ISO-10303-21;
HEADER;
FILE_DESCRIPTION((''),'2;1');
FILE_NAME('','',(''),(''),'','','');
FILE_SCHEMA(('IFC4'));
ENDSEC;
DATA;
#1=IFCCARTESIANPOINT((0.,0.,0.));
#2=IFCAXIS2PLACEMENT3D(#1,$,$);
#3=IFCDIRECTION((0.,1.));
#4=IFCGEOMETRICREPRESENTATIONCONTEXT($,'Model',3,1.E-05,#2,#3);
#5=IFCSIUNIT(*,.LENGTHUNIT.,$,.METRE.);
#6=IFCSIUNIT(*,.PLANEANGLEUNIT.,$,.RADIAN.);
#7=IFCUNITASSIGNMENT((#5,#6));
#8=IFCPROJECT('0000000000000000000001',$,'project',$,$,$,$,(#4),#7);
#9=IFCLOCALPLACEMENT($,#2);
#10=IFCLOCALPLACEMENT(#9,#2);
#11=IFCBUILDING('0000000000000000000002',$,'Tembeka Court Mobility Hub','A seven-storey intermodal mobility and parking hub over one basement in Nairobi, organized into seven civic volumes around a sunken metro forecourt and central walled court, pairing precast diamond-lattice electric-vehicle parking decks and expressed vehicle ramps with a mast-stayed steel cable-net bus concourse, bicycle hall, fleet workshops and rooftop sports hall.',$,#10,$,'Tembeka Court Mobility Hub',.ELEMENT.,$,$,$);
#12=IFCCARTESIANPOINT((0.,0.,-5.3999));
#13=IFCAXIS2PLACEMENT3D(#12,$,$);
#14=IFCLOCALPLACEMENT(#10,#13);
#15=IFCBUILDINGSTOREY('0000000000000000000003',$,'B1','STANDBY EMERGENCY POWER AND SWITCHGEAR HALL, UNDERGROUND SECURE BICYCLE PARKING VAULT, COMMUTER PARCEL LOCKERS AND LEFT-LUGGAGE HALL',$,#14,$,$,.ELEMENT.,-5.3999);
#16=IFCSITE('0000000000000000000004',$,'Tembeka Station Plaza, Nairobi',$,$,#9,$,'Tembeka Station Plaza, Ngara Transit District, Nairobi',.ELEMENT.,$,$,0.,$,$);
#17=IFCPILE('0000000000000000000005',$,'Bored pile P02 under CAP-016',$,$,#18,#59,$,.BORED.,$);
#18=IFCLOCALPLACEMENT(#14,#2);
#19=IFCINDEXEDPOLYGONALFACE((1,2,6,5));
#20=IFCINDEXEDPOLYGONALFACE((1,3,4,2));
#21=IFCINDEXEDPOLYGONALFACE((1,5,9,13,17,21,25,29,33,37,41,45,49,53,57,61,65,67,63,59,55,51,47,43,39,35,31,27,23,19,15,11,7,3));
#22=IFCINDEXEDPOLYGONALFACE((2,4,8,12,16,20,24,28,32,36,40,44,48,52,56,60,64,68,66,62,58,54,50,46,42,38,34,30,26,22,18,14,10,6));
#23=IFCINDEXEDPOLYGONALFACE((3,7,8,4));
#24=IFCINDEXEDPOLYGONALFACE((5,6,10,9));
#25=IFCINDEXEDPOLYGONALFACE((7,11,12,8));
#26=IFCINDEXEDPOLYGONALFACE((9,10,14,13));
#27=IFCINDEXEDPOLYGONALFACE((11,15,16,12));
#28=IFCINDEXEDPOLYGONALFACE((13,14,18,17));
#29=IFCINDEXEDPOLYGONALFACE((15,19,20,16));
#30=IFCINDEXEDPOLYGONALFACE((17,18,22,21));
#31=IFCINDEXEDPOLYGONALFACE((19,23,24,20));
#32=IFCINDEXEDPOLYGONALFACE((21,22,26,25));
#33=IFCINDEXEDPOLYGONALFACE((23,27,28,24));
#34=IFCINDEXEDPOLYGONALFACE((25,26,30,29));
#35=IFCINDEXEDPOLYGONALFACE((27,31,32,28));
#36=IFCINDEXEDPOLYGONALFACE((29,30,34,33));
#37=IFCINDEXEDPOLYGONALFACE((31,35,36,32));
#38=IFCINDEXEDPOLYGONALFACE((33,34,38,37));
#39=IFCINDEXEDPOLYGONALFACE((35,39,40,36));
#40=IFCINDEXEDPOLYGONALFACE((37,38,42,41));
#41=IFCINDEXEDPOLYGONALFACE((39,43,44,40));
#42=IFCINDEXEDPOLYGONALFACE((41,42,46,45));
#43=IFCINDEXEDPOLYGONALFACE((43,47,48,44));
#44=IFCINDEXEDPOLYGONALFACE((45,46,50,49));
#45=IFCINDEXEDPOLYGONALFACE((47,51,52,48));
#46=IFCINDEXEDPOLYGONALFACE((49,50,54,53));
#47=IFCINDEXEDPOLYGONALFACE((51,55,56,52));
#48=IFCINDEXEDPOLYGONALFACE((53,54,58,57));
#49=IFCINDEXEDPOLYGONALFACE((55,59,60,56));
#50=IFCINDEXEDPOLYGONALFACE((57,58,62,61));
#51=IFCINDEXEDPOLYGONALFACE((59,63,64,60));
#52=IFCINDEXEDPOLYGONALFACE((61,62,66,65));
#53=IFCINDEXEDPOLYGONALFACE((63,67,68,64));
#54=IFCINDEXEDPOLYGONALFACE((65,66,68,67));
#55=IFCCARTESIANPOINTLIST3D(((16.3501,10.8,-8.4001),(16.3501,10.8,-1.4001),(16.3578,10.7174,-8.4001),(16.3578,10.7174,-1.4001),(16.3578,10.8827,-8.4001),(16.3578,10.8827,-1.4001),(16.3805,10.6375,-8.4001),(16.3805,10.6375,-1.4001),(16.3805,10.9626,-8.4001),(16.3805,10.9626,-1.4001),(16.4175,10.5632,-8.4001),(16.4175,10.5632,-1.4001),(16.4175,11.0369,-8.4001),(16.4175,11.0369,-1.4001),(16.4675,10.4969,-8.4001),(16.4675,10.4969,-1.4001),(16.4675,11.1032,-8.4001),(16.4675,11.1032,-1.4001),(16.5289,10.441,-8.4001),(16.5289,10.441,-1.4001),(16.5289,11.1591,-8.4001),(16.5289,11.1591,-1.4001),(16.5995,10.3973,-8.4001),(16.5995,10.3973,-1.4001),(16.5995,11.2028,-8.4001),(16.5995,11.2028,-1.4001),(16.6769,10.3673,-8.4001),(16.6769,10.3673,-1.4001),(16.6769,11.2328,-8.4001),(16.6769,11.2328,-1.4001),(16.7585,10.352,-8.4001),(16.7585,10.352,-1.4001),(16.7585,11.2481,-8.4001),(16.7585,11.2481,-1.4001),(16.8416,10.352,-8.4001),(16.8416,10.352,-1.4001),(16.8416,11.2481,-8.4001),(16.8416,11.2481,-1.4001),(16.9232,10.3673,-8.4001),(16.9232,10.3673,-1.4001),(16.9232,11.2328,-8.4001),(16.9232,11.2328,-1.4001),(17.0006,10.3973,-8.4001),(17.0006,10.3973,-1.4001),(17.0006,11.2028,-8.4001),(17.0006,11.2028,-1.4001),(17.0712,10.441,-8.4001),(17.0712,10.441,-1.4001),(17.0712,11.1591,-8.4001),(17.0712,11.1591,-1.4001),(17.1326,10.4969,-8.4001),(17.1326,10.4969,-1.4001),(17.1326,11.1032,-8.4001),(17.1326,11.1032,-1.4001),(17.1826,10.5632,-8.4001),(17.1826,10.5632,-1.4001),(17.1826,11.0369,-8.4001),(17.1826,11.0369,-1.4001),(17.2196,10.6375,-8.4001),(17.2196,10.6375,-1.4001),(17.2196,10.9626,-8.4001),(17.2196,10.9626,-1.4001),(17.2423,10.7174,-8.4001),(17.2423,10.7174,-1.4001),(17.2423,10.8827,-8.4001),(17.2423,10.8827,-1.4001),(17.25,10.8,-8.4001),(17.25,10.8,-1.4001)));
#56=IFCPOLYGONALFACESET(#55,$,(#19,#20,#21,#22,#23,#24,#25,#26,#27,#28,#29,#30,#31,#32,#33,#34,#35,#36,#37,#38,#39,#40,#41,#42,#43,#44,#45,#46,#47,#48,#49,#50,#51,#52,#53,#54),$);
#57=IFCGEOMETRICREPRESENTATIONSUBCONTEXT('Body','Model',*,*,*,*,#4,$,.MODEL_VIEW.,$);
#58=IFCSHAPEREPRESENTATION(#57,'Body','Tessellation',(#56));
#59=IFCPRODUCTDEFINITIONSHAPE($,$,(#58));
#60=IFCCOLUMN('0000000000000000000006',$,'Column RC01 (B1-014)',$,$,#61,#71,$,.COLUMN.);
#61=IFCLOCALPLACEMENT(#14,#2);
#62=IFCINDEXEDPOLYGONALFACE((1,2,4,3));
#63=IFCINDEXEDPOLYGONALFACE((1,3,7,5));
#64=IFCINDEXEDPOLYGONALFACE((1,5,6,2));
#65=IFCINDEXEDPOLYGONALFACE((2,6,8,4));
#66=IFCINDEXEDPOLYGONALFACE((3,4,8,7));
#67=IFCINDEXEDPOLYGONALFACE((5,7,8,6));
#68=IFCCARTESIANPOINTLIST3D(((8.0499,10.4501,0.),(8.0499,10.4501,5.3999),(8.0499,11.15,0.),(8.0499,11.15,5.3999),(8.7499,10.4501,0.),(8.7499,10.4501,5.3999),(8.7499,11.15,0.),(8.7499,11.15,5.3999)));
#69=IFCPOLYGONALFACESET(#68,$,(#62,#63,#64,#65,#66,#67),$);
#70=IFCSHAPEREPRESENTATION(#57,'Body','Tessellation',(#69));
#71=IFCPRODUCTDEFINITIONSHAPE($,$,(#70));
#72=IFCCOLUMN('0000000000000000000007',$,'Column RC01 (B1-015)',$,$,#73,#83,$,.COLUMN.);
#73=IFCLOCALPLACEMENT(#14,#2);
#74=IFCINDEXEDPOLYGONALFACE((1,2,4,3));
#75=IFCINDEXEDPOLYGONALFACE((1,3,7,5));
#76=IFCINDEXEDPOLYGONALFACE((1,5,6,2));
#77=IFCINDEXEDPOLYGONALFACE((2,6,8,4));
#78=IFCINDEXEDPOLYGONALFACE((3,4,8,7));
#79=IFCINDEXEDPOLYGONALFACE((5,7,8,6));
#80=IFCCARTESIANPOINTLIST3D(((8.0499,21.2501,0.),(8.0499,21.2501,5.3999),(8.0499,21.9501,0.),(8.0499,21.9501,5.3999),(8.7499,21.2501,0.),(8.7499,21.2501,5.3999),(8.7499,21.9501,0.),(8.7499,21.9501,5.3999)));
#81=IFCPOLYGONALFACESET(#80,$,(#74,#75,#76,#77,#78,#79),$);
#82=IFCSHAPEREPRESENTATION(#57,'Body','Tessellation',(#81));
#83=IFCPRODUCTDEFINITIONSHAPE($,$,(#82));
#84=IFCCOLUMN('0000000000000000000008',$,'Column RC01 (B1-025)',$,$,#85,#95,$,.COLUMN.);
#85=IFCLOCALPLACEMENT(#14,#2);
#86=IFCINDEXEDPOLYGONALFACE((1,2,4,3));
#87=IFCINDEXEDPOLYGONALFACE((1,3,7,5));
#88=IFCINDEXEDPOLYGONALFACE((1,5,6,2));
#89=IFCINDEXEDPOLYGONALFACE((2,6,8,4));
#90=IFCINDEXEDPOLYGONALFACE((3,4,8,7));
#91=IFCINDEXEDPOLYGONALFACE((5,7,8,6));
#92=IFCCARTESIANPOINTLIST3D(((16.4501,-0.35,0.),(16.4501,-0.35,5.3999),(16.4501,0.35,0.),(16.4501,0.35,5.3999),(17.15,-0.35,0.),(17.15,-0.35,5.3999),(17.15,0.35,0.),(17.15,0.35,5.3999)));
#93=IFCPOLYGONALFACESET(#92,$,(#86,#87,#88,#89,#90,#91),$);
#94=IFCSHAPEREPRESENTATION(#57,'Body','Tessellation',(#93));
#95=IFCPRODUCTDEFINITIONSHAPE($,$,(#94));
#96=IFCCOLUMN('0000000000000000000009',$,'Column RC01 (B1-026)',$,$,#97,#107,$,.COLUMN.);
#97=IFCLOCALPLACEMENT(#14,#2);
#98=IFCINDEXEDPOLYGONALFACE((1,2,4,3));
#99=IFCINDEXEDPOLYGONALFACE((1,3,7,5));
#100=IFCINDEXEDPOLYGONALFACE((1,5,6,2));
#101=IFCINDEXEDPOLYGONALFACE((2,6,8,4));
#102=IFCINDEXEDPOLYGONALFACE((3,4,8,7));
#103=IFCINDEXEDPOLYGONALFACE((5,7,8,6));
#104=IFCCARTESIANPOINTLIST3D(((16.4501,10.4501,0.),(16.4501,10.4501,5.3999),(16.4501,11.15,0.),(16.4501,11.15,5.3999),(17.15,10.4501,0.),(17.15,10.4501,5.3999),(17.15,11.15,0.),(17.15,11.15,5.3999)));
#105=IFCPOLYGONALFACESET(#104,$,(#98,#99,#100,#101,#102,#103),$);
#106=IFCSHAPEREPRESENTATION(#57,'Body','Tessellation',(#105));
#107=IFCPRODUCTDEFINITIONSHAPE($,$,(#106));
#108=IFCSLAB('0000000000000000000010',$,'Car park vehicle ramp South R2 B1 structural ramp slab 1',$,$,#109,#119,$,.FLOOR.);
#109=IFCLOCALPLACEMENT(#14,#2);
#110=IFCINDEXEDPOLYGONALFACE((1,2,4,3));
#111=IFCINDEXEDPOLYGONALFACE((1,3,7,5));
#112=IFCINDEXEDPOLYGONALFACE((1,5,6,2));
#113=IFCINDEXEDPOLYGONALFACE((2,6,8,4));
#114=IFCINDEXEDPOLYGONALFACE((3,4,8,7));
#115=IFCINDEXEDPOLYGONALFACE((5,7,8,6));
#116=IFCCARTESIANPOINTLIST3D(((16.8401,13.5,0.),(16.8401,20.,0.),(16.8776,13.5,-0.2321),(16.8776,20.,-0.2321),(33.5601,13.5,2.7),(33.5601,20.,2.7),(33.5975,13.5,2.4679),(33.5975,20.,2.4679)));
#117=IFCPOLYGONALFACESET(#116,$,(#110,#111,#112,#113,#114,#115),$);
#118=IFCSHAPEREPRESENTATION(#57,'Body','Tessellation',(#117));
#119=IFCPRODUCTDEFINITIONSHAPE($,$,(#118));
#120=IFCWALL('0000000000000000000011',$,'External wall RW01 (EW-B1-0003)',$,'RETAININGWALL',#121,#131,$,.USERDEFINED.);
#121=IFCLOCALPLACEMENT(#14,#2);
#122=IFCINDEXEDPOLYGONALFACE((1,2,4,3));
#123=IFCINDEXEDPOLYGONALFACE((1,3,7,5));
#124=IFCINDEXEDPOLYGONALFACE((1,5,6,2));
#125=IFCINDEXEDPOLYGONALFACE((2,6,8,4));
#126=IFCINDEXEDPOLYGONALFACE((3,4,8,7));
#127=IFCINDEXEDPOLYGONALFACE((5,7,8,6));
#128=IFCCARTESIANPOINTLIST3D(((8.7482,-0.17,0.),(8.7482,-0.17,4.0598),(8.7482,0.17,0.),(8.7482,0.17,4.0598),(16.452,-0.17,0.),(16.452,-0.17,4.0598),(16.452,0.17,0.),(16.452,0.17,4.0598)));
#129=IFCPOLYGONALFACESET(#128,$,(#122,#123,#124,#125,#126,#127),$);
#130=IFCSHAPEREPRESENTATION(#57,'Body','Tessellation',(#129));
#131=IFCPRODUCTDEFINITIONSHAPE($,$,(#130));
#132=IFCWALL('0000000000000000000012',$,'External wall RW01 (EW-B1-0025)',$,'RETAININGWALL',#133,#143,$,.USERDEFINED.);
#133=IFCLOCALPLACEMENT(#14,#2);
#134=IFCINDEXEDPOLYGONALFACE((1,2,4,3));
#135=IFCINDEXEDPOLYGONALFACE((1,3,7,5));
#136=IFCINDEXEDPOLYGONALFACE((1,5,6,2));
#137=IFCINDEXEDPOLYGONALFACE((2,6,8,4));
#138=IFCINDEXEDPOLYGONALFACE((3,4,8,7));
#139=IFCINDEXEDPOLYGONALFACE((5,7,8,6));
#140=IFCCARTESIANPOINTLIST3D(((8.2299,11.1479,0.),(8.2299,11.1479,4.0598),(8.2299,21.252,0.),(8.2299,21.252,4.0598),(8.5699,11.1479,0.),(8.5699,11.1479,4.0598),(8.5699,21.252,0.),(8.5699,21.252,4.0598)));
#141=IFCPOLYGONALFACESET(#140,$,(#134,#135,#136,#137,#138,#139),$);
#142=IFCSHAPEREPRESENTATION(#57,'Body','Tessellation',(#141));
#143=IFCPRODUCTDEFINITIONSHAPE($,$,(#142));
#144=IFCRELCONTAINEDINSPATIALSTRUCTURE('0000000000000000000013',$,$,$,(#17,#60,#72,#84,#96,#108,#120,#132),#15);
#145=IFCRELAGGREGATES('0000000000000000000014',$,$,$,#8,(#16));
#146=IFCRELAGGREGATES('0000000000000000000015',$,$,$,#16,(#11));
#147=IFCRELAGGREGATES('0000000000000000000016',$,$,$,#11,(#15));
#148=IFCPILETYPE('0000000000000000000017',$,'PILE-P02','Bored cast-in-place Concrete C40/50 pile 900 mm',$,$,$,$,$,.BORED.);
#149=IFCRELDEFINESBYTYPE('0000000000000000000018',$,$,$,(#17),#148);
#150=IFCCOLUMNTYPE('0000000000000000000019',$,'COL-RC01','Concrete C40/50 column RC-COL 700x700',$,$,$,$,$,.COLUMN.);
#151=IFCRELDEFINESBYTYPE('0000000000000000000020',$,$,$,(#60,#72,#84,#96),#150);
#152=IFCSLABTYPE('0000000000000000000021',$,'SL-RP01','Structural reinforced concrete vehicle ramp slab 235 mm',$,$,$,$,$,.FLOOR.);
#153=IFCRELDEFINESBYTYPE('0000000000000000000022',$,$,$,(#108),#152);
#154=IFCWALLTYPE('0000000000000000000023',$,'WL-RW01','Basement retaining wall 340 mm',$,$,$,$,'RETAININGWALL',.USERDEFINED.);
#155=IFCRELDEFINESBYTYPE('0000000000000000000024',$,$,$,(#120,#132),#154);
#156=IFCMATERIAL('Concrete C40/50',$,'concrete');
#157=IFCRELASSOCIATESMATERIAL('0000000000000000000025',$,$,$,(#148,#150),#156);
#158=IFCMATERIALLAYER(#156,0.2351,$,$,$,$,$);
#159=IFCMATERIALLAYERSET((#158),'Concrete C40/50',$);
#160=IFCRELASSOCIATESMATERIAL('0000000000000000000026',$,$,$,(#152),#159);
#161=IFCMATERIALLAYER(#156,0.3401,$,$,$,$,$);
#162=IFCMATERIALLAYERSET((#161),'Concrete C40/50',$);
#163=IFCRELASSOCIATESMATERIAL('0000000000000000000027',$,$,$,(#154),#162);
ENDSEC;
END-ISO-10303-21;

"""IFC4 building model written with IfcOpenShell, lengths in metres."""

from ifc_helpers import new_model, si_unit, direction, frame, frame_2d, origin, origin_2d, place, context, subcontext, project, spatial, polyline, rectangle, circle, outline, extrude, material, layer, layer_set, material_profile, profile_set, type_object, element, save


model = new_model("IFC4")

# Units and contexts
model_context = context("Model", 3, precision=1e-05, world=origin(), true_north=direction((0.0, 1.0)))
body_context = subcontext(model_context, "Body", "Model", "MODEL_VIEW")
ifc_project = project(units=[si_unit("LENGTHUNIT", "METRE"), si_unit("PLANEANGLEUNIT", "RADIAN")], contexts=[model_context])

# Site, building, storey
site_placement = place(None, origin())
site = spatial("IfcSite", under=ifc_project, at=site_placement, Name="Tembeka Station Plaza, Nairobi", LongName="Tembeka Station Plaza, Ngara Transit District, Nairobi", CompositionType="ELEMENT", RefElevation=0.0)
building_placement = place(site_placement, origin())
building = spatial("IfcBuilding", under=site, at=building_placement, Name="Tembeka Court Mobility Hub", Description="A seven-storey intermodal mobility and parking hub over one basement in Nairobi, organized into seven civic volumes around a sunken metro forecourt and central walled court, pairing precast diamond-lattice electric-vehicle parking decks and expressed vehicle ramps with a mast-stayed steel cable-net bus concourse, bicycle hall, fleet workshops and rooftop sports hall.", LongName="Tembeka Court Mobility Hub", CompositionType="ELEMENT")
storey_placement = place(building_placement, frame((0.0, 0.0, -5.3999)))
storey = spatial("IfcBuildingStorey", under=building, at=storey_placement, Name="B1", Description="STANDBY EMERGENCY POWER AND SWITCHGEAR HALL, UNDERGROUND SECURE BICYCLE PARKING VAULT, COMMUTER PARCEL LOCKERS AND LEFT-LUGGAGE HALL", CompositionType="ELEMENT", Elevation=-5.3999)

# Shared definitions
ifc_material_1 = material(Name="Concrete C40/50", Category="concrete")

# Pile
ifc_material_profile_1 = material_profile(ifc_material_1, circle(Radius=0.45, at=origin_2d()), Name="PILE D900")
ifc_profile_set_1 = profile_set([ifc_material_profile_1], Name="Concrete C40/50")
pile_type = type_object("IfcPileType", Name="PILE-P02", Description="Bored cast-in-place Concrete C40/50 pile 900 mm", PredefinedType="BORED", material=ifc_profile_set_1)
for number, where, z_axis, x_axis, name in (
    (1, (16.8, 10.8, -1.4001), (0.0, 0.0, -1.0), (1.0, 0.0, 0.0), "Bored pile P02 under CAP-016"),
):
    element("IfcPile", number, at=place(storey_placement, frame(where, z_axis=z_axis, x_axis=x_axis)), inside=storey, type_object=pile_type, Name=name, PredefinedType="BORED", context=body_context, shape_type="SweptSolid", body=[
        extrude(circle(Radius=0.45, at=origin_2d()), origin(), (0.0, 0.0, 1.0), 7.0),
    ])

# Columns
ifc_material_profile_2 = material_profile(ifc_material_1, rectangle(XDim=0.7, YDim=0.7, at=origin_2d()), Name="RC-COL 700x700")
ifc_profile_set_2 = profile_set([ifc_material_profile_2], Name="Concrete C40/50")
column_type = type_object("IfcColumnType", Name="COL-RC01", Description="Concrete C40/50 column RC-COL 700x700", PredefinedType="COLUMN", material=ifc_profile_set_2)
for number, where, z_axis, x_axis, name in (
    (2, (8.3999, 10.8, 0.0), (0.0, 0.0, 1.0), (1.0, 0.0, 0.0), "Column RC01 (B1-014)"),
    (3, (8.3999, 21.6001, 0.0), (0.0, 0.0, 1.0), (1.0, 0.0, 0.0), "Column RC01 (B1-015)"),
    (4, (16.8, 0.0, 0.0), (0.0, 0.0, 1.0), (1.0, 0.0, 0.0), "Column RC01 (B1-025)"),
    (5, (16.8, 10.8, 0.0), (0.0, 0.0, 1.0), (1.0, 0.0, 0.0), "Column RC01 (B1-026)"),
):
    element("IfcColumn", number, at=place(storey_placement, frame(where, z_axis=z_axis, x_axis=x_axis)), inside=storey, type_object=column_type, Name=name, PredefinedType="COLUMN", context=body_context, shape_type="SweptSolid", body=[
        extrude(rectangle(XDim=0.7, YDim=0.7, at=origin_2d()), origin(), (0.0, 0.0, 1.0), 5.3999),
    ])

# Slab
ifc_layer_1 = layer(ifc_material_1, 0.2351)
ifc_layer_set_1 = layer_set([ifc_layer_1], Name="Concrete C40/50")
slab_type = type_object("IfcSlabType", Name="SL-RP01", Description="Structural reinforced concrete vehicle ramp slab 235 mm", PredefinedType="FLOOR", material=ifc_layer_set_1)
slab_placement = place(storey_placement, frame((16.8401, 13.5, 0.0), z_axis=(-0.159416, 0.0, 0.987212), x_axis=(0.987212, 0.0, 0.159416)))
element("IfcSlab", 6, at=slab_placement, inside=storey, type_object=slab_type, Name="Car park vehicle ramp South R2 B1 structural ramp slab 1", PredefinedType="FLOOR", context=body_context, shape_type="SweptSolid", body=[
    extrude(outline(polyline([(0.0, 0.0), (16.9366, 0.0), (16.9366, 6.5), (0.0, 6.5), (0.0, 0.0)])), origin(), (0.0, 0.0, -1.0), 0.2351),
])

# Walls
ifc_layer_2 = layer(ifc_material_1, 0.3401)
ifc_layer_set_2 = layer_set([ifc_layer_2], Name="Concrete C40/50")
wall_type = type_object("IfcWallType", Name="WL-RW01", Description="Basement retaining wall 340 mm", ElementType="RETAININGWALL", PredefinedType="USERDEFINED", material=ifc_layer_set_2)
wall_1_placement = place(storey_placement, frame((8.748, 0.0, 0.0), z_axis=(0.0, 0.0, 1.0), x_axis=(1.0, 0.0, 0.0)))
element("IfcWall", 7, at=wall_1_placement, inside=storey, type_object=wall_type, Name="External wall RW01 (EW-B1-0003)", ObjectType="RETAININGWALL", PredefinedType="USERDEFINED", context=body_context, shape_type="SweptSolid", body=[
    extrude(rectangle(XDim=7.7039, YDim=0.3401, at=frame_2d((3.8521, 0.0))), origin(), (0.0, 0.0, 1.0), 4.0598),
])
wall_2_placement = place(storey_placement, frame((8.3999, 11.1479, 0.0), z_axis=(0.0, 0.0, 1.0), x_axis=(0.0, 1.0, 0.0)))
element("IfcWall", 8, at=wall_2_placement, inside=storey, type_object=wall_type, Name="External wall RW01 (EW-B1-0025)", ObjectType="RETAININGWALL", PredefinedType="USERDEFINED", context=body_context, shape_type="SweptSolid", body=[
    extrude(rectangle(XDim=10.104, YDim=0.3401, at=frame_2d((5.052, 0.0))), origin(), (0.0, 0.0, 1.0), 4.0598),
])

save(model, "model.ifc")
